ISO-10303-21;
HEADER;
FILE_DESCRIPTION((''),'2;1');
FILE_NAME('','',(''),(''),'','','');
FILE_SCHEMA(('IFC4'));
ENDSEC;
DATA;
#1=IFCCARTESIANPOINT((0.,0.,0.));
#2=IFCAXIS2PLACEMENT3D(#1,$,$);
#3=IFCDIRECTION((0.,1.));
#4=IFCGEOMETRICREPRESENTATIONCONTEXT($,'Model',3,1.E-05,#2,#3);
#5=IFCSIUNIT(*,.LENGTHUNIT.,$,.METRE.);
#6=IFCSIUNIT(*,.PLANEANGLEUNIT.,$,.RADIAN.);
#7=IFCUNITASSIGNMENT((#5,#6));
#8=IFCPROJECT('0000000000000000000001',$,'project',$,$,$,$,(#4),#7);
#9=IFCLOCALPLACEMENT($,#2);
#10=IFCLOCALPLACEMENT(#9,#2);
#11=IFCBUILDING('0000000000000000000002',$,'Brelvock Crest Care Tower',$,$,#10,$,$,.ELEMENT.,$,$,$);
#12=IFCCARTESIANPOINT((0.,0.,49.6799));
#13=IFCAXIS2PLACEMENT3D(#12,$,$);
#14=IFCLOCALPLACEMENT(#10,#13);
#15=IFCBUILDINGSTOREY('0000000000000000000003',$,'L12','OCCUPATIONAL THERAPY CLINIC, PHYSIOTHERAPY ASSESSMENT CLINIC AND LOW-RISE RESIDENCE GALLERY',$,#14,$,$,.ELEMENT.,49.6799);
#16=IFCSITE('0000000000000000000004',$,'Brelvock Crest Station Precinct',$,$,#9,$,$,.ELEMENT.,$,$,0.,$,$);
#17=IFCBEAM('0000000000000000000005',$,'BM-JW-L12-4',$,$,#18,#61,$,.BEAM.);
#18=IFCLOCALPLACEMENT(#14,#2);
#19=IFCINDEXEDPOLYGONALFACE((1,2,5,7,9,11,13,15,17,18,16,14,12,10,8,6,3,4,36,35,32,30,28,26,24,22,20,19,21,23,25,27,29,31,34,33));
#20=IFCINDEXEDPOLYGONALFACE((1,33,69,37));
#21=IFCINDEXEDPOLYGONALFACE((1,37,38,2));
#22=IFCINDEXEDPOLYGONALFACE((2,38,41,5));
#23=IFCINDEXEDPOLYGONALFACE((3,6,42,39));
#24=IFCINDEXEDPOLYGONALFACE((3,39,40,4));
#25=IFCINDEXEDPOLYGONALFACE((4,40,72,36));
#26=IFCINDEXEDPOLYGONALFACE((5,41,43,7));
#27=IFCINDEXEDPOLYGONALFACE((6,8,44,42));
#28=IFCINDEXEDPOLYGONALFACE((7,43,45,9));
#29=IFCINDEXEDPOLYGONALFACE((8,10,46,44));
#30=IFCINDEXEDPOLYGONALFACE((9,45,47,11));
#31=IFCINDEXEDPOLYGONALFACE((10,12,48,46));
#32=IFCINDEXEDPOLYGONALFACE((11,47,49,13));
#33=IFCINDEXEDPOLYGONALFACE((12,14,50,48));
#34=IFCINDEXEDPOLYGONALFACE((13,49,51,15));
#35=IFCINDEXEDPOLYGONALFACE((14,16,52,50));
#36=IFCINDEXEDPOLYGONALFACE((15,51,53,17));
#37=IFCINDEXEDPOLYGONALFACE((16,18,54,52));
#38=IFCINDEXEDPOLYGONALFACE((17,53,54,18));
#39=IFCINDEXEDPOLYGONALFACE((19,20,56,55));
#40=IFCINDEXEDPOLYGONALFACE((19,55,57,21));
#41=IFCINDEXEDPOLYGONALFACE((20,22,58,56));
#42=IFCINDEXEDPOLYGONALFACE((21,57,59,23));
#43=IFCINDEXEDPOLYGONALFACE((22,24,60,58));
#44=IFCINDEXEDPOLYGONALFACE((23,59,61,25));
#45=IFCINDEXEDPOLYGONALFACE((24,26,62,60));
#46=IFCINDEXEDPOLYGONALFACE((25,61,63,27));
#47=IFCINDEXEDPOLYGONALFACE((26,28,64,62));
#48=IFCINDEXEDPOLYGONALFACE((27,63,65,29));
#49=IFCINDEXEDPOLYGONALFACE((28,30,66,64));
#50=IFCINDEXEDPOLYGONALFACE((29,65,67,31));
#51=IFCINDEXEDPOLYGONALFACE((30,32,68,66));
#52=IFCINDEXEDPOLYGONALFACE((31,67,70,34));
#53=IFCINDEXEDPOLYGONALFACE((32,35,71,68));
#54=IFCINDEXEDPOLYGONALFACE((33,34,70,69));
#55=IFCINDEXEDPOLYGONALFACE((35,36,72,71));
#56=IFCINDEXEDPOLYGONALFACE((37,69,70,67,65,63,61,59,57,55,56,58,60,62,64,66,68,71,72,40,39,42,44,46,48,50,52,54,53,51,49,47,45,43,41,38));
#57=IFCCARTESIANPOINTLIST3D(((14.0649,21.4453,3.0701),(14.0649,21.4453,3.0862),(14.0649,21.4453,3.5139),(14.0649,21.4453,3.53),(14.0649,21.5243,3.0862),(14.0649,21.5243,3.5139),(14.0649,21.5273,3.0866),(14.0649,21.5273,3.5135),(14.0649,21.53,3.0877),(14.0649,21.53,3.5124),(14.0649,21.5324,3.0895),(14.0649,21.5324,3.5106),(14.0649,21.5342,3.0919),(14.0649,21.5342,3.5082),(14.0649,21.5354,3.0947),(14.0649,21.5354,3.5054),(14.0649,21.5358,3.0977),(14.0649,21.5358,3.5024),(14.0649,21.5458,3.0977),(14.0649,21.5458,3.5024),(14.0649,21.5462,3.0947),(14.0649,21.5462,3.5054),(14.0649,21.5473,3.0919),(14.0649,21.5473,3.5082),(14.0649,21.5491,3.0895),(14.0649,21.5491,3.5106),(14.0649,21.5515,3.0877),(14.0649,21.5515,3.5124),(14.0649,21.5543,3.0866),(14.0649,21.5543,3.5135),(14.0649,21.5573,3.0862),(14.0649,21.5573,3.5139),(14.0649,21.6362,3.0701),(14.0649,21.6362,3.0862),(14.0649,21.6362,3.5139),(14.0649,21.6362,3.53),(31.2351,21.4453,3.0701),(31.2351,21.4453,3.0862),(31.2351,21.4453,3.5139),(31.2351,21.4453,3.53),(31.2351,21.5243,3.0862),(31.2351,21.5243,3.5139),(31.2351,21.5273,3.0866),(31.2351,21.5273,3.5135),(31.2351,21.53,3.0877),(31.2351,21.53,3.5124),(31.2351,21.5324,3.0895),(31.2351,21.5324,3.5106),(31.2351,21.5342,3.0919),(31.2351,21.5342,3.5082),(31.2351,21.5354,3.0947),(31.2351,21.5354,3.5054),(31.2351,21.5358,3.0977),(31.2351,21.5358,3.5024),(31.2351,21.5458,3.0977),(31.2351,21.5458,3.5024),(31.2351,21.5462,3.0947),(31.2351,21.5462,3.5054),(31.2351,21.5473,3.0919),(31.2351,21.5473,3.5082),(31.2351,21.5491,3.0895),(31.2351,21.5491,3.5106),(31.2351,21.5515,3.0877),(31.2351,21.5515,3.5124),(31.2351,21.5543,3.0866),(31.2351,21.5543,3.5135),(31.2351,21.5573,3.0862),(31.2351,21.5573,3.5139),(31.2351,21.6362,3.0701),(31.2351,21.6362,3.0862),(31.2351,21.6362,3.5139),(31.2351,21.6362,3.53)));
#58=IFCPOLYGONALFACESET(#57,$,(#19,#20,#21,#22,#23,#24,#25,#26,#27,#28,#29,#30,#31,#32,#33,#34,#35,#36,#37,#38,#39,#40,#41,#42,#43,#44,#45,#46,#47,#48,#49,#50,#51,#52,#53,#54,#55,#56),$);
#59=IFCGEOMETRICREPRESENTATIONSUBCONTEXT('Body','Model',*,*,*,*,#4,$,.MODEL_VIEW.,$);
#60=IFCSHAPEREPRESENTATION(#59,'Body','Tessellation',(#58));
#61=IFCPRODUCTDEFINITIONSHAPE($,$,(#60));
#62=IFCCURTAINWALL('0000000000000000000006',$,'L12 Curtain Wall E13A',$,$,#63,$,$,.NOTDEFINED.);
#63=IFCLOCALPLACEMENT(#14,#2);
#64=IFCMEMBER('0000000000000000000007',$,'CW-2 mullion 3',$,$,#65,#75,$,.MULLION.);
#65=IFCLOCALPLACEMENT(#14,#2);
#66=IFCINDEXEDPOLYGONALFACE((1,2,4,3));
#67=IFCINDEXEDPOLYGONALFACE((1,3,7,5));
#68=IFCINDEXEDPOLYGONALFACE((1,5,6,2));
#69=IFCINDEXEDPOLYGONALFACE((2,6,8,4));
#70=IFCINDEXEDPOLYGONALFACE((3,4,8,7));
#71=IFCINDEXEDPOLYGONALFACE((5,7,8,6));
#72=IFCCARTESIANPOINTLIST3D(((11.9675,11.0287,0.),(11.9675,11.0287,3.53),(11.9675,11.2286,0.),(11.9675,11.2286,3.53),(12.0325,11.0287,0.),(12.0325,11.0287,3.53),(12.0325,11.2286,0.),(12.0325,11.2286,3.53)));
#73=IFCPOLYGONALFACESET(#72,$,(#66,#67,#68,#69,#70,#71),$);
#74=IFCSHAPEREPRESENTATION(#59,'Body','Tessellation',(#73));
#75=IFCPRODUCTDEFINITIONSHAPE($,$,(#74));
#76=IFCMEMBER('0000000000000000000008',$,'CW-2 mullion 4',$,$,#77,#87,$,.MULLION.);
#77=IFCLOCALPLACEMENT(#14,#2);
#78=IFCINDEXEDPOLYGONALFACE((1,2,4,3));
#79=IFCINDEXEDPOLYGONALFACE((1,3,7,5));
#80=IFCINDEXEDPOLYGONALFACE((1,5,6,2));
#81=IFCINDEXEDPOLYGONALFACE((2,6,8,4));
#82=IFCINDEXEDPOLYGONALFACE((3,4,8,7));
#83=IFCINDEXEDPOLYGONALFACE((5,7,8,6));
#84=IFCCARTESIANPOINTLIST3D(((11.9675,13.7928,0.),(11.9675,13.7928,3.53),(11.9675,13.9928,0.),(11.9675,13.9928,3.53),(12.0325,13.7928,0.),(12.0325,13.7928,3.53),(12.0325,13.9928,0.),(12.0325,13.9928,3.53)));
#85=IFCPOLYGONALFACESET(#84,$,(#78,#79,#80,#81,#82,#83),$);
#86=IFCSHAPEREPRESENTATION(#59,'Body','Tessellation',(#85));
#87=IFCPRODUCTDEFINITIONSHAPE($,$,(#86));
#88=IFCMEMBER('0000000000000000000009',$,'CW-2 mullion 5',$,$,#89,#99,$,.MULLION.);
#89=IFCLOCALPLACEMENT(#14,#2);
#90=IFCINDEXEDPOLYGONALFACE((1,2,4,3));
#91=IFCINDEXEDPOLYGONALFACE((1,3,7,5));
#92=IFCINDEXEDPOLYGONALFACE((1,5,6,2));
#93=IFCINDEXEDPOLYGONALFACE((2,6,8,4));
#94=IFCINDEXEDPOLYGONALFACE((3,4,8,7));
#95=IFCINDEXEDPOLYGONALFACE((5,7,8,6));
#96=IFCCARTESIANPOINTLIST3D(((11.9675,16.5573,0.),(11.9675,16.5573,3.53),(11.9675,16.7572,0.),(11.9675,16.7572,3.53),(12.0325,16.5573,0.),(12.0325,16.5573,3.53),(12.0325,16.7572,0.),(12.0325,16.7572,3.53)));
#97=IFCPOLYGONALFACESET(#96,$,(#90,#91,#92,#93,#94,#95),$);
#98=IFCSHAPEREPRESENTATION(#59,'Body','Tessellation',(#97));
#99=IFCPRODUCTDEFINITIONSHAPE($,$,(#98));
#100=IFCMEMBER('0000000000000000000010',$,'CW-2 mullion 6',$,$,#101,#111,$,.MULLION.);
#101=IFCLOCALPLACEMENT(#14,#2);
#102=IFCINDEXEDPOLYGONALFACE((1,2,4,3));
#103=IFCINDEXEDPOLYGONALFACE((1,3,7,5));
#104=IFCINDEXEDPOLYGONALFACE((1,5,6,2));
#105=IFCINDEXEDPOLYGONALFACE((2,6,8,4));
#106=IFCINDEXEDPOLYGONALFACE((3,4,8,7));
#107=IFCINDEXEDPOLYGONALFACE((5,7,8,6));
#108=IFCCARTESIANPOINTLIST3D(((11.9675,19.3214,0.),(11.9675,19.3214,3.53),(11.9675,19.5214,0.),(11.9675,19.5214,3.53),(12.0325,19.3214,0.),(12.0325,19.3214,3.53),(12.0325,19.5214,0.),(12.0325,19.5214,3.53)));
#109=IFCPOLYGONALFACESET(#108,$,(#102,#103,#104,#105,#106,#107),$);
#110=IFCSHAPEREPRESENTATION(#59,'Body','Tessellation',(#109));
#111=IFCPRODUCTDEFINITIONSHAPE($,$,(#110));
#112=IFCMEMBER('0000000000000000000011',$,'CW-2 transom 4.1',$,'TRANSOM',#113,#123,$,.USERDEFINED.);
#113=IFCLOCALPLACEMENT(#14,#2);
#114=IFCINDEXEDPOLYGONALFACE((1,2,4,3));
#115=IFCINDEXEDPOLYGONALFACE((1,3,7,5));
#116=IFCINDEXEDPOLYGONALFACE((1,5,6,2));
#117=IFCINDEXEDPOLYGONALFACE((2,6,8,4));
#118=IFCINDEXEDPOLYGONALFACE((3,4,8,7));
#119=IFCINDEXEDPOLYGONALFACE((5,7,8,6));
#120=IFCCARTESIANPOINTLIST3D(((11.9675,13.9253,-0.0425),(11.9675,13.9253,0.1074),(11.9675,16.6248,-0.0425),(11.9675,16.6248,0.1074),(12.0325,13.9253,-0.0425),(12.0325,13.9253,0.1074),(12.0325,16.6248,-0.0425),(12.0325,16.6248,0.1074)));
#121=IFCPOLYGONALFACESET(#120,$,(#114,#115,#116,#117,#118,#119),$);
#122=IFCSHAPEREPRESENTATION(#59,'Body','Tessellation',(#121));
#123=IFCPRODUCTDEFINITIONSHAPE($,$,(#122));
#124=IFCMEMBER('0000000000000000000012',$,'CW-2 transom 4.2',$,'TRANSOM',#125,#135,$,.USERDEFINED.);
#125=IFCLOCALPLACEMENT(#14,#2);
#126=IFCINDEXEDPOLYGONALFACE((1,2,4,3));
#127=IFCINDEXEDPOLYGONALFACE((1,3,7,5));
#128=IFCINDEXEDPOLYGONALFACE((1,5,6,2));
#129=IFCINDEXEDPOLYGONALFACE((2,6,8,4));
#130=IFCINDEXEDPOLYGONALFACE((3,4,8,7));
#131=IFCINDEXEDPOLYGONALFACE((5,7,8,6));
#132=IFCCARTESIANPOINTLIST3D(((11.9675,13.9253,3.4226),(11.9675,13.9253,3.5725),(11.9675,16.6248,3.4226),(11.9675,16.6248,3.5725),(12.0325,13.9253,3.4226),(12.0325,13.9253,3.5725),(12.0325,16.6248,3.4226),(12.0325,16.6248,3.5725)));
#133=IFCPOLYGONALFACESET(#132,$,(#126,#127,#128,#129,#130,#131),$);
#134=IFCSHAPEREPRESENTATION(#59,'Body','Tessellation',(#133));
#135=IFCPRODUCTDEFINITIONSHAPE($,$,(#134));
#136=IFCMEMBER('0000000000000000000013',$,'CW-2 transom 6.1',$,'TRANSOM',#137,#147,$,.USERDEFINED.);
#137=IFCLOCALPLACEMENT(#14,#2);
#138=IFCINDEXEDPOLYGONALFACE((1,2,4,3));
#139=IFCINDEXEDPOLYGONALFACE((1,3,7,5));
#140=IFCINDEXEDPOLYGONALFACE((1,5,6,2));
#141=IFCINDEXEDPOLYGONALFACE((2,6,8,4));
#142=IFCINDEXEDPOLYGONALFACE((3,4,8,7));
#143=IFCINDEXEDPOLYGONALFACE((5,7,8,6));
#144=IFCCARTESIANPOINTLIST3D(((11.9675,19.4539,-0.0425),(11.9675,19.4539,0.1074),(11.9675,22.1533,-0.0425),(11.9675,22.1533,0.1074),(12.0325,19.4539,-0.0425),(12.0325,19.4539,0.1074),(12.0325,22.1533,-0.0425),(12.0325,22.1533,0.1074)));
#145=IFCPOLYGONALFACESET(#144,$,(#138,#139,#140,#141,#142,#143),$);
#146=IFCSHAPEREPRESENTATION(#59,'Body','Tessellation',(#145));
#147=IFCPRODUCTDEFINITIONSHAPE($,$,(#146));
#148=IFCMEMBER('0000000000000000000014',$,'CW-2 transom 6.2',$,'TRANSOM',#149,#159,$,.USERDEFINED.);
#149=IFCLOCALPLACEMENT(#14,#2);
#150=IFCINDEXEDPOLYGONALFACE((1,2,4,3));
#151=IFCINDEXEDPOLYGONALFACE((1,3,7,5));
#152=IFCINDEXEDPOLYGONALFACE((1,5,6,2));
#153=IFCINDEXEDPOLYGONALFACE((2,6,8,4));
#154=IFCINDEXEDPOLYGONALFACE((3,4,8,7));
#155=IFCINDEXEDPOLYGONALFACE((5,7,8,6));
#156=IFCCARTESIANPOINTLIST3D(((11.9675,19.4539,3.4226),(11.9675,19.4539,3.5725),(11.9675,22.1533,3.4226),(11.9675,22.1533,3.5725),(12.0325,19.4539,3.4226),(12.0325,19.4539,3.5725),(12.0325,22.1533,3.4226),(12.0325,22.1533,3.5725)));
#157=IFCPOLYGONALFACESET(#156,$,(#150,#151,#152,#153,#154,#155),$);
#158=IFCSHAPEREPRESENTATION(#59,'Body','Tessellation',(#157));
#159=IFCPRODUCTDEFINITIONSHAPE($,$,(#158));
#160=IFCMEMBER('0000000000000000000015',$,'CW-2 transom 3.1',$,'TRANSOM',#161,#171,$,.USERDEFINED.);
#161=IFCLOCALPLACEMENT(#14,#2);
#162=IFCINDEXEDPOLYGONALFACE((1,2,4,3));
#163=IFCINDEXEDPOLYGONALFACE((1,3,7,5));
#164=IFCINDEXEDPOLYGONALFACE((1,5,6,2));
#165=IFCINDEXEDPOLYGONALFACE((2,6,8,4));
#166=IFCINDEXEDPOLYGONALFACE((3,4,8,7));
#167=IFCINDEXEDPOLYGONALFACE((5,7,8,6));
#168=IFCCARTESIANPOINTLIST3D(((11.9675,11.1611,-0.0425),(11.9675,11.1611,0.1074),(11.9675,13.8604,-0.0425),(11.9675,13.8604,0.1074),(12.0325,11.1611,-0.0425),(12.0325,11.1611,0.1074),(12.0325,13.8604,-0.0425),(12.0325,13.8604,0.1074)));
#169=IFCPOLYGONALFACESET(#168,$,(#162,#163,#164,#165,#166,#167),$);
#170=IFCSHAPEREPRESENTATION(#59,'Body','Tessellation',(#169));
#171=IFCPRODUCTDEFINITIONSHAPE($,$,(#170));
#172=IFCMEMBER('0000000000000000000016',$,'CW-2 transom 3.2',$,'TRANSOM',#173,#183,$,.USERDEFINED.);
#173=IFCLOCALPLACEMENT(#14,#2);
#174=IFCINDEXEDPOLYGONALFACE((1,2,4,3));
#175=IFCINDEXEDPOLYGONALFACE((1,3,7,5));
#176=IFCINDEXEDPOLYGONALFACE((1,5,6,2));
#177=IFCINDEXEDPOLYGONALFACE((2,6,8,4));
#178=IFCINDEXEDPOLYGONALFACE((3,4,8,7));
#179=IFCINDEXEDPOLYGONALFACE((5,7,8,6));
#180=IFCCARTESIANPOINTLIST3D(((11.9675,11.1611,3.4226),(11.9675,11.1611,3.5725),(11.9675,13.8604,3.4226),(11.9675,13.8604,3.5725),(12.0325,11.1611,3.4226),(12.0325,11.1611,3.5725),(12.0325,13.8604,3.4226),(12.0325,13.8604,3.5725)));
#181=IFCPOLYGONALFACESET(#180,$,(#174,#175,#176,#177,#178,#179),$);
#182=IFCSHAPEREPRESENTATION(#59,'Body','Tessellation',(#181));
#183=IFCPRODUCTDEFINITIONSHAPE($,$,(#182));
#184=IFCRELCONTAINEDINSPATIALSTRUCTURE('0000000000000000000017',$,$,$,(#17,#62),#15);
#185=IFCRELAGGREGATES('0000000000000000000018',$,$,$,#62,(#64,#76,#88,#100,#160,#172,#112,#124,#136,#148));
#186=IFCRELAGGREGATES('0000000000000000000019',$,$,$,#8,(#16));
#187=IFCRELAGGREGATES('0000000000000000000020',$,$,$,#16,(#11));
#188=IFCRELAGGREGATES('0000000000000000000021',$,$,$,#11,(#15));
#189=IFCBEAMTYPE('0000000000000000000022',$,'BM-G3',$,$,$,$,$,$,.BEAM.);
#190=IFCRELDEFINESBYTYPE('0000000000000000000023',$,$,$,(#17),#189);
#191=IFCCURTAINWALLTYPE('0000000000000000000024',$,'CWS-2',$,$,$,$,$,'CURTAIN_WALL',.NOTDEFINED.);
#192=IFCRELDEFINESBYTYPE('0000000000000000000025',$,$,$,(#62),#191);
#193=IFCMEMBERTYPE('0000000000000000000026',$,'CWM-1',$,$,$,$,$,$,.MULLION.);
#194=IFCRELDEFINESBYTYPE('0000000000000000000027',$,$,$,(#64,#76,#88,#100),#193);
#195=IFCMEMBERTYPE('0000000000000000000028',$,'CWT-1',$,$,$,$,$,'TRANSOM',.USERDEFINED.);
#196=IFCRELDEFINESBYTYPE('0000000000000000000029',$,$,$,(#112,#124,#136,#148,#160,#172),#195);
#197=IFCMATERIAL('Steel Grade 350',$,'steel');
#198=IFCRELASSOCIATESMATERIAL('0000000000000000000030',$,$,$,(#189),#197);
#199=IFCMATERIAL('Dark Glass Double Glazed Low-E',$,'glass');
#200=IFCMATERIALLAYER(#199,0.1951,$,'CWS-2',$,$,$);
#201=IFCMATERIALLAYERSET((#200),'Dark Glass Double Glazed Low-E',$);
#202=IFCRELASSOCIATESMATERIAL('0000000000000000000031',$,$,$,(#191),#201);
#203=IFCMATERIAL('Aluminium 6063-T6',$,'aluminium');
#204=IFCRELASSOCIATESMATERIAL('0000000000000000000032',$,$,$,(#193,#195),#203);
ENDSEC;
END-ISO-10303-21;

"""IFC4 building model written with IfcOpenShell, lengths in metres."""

from ifc_helpers import new_model, si_unit, direction, frame, origin, origin_2d, place, context, subcontext, project, spatial, rectangle, i_section, extrude, source, transform, mapped, material, layer, layer_set, material_profile, profile_set, type_object, element, aggregate, save


model = new_model("IFC4")

# Units and contexts
model_context = context("Model", 3, precision=1e-05, world=origin(), true_north=direction((0.0, 1.0)))
body_context = subcontext(model_context, "Body", "Model", "MODEL_VIEW")
ifc_project = project(units=[si_unit("LENGTHUNIT", "METRE"), si_unit("PLANEANGLEUNIT", "RADIAN")], contexts=[model_context])

# Site, building, storey
site_placement = place(None, origin())
site = spatial("IfcSite", under=ifc_project, at=site_placement, Name="Brelvock Crest Station Precinct", CompositionType="ELEMENT", RefElevation=0.0)
building_placement = place(site_placement, origin())
building = spatial("IfcBuilding", under=site, at=building_placement, Name="Brelvock Crest Care Tower", CompositionType="ELEMENT")
storey_placement = place(building_placement, frame((0.0, 0.0, 49.6799)))
storey = spatial("IfcBuildingStorey", under=building, at=storey_placement, Name="L12", Description="OCCUPATIONAL THERAPY CLINIC, PHYSIOTHERAPY ASSESSMENT CLINIC AND LOW-RISE RESIDENCE GALLERY", CompositionType="ELEMENT", Elevation=49.6799)

# Shared definitions
ifc_material_1 = material(Name="Steel Grade 350", Category="steel")

# Beam
ifc_material_profile_1 = material_profile(ifc_material_1, i_section(OverallWidth=0.1909, OverallDepth=0.46, WebThickness=0.01, FlangeThickness=0.0161, FilletRadius=0.0115, at=origin_2d()), Name="460UB82.1")
ifc_profile_set_1 = profile_set([ifc_material_profile_1], Name="Steel Grade 350")
beam_type_1 = type_object("IfcBeamType", Name="BM-G3", PredefinedType="BEAM", material=ifc_profile_set_1)
shared_shape_1 = source(origin(), body_context, "Body", "SweptSolid", [
    extrude(i_section(OverallWidth=0.1909, OverallDepth=0.46, WebThickness=0.01, FlangeThickness=0.0161, FilletRadius=0.0115, at=origin_2d()), origin(), (0.0, 0.0, 1.0), 17.1702),
])
for number, where, z_axis, x_axis, name in (
    (1, (14.0649, 21.5408, 3.3), (1.0, 0.0, 0.0), (0.0, 1.0, 0.0), "BM-JW-L12-4"),
):
    element("IfcBeam", number, at=place(storey_placement, frame(where, z_axis=z_axis, x_axis=x_axis)), inside=storey, type_object=beam_type_1, Name=name, PredefinedType="BEAM", context=body_context, shape_type="MappedRepresentation", body=[
        mapped(shared_shape_1, transform((0.0, 0.0, 0.0), x_axis=(1.0, 0.0, 0.0), y_axis=(0.0, 1.0, 0.0), z_axis=(0.0, 0.0, 1.0), scale=1.0)),
    ])

# Curtain wall, members
ifc_material_2 = material(Name="Dark Glass Double Glazed Low-E", Category="glass")
ifc_layer_1 = layer(ifc_material_2, 0.1951, Name="CWS-2")
ifc_layer_set_1 = layer_set([ifc_layer_1], Name="Dark Glass Double Glazed Low-E")
curtain_wall_type = type_object("IfcCurtainWallType", Name="CWS-2", ElementType="CURTAIN_WALL", PredefinedType="NOTDEFINED", material=ifc_layer_set_1)
curtain_wall_placement = place(storey_placement, origin())
curtain_wall = element("IfcCurtainWall", 2, at=curtain_wall_placement, inside=storey, type_object=curtain_wall_type, Name="L12 Curtain Wall E13A", PredefinedType="NOTDEFINED")
ifc_material_3 = material(Name="Aluminium 6063-T6", Category="aluminium")
ifc_material_profile_2 = material_profile(ifc_material_3, rectangle(XDim=0.0649, YDim=0.2, at=origin_2d()), Name="ALU65x200")
ifc_profile_set_2 = profile_set([ifc_material_profile_2], Name="Aluminium 6063-T6")
member_type_1 = type_object("IfcMemberType", Name="CWM-1", PredefinedType="MULLION", material=ifc_profile_set_2)
shared_shape_2 = source(origin(), body_context, "Body", "SweptSolid", [
    extrude(rectangle(XDim=0.0649, YDim=0.2, at=origin_2d()), origin(), (0.0, 0.0, 1.0), 3.53),
])
member_1_placement = place(storey_placement, frame((12.0, 11.1287, 0.0), z_axis=(0.0, 0.0, 1.0), x_axis=(-1.0, 0.0, 0.0)))
member_1 = element("IfcMember", 3, at=member_1_placement, type_object=member_type_1, Name="CW-2 mullion 3", PredefinedType="MULLION", context=body_context, shape_type="MappedRepresentation", body=[
    mapped(shared_shape_2, transform((0.0, 0.0, 0.0), x_axis=(1.0, 0.0, 0.0), y_axis=(0.0, 1.0, 0.0), z_axis=(0.0, 0.0, 1.0), scale=1.0)),
])
member_2_placement = place(storey_placement, frame((12.0, 13.8928, 0.0), z_axis=(0.0, 0.0, 1.0), x_axis=(-1.0, 0.0, 0.0)))
member_2 = element("IfcMember", 4, at=member_2_placement, type_object=member_type_1, Name="CW-2 mullion 4", PredefinedType="MULLION", context=body_context, shape_type="MappedRepresentation", body=[
    mapped(shared_shape_2, transform((0.0, 0.0, 0.0), x_axis=(1.0, 0.0, 0.0), y_axis=(0.0, 1.0, 0.0), z_axis=(0.0, 0.0, 1.0), scale=1.0)),
])
member_3_placement = place(storey_placement, frame((12.0, 16.6572, 0.0), z_axis=(0.0, 0.0, 1.0), x_axis=(-1.0, 0.0, 0.0)))
member_3 = element("IfcMember", 5, at=member_3_placement, type_object=member_type_1, Name="CW-2 mullion 5", PredefinedType="MULLION", context=body_context, shape_type="MappedRepresentation", body=[
    mapped(shared_shape_2, transform((0.0, 0.0, 0.0), x_axis=(1.0, 0.0, 0.0), y_axis=(0.0, 1.0, 0.0), z_axis=(0.0, 0.0, 1.0), scale=1.0)),
])
member_4_placement = place(storey_placement, frame((12.0, 19.4214, 0.0), z_axis=(0.0, 0.0, 1.0), x_axis=(-1.0, 0.0, 0.0)))
member_4 = element("IfcMember", 6, at=member_4_placement, type_object=member_type_1, Name="CW-2 mullion 6", PredefinedType="MULLION", context=body_context, shape_type="MappedRepresentation", body=[
    mapped(shared_shape_2, transform((0.0, 0.0, 0.0), x_axis=(1.0, 0.0, 0.0), y_axis=(0.0, 1.0, 0.0), z_axis=(0.0, 0.0, 1.0), scale=1.0)),
])
ifc_material_profile_3 = material_profile(ifc_material_3, rectangle(XDim=0.0649, YDim=0.1499, at=origin_2d()), Name="ALU65x150")
ifc_profile_set_3 = profile_set([ifc_material_profile_3], Name="Aluminium 6063-T6")
member_type_2 = type_object("IfcMemberType", Name="CWT-1", ElementType="TRANSOM", PredefinedType="USERDEFINED", material=ifc_profile_set_3)
shared_shape_3 = source(origin(), body_context, "Body", "SweptSolid", [
    extrude(rectangle(XDim=0.0649, YDim=0.1499, at=origin_2d()), origin(), (0.0, 0.0, 1.0), 2.6995),
])
member_5_placement = place(storey_placement, frame((12.0, 13.9253, 0.0325), z_axis=(0.0, 1.0, 0.0), x_axis=(-1.0, 0.0, 0.0)))
member_5 = element("IfcMember", 7, at=member_5_placement, type_object=member_type_2, Name="CW-2 transom 4.1", ObjectType="TRANSOM", PredefinedType="USERDEFINED", context=body_context, shape_type="MappedRepresentation", body=[
    mapped(shared_shape_3, transform((0.0, 0.0, 0.0), x_axis=(1.0, 0.0, 0.0), y_axis=(0.0, 1.0, 0.0), z_axis=(0.0, 0.0, 1.0), scale=1.0)),
])
member_6_placement = place(storey_placement, frame((12.0, 13.9253, 3.4976), z_axis=(0.0, 1.0, 0.0), x_axis=(-1.0, 0.0, 0.0)))
member_6 = element("IfcMember", 8, at=member_6_placement, type_object=member_type_2, Name="CW-2 transom 4.2", ObjectType="TRANSOM", PredefinedType="USERDEFINED", context=body_context, shape_type="MappedRepresentation", body=[
    mapped(shared_shape_3, transform((0.0, 0.0, 0.0), x_axis=(1.0, 0.0, 0.0), y_axis=(0.0, 1.0, 0.0), z_axis=(0.0, 0.0, 1.0), scale=1.0)),
])
member_7_placement = place(storey_placement, frame((12.0, 19.4539, 0.0325), z_axis=(0.0, 1.0, 0.0), x_axis=(-1.0, 0.0, 0.0)))
member_7 = element("IfcMember", 9, at=member_7_placement, type_object=member_type_2, Name="CW-2 transom 6.1", ObjectType="TRANSOM", PredefinedType="USERDEFINED", context=body_context, shape_type="MappedRepresentation", body=[
    mapped(shared_shape_3, transform((0.0, 0.0, 0.0), x_axis=(1.0, 0.0, 0.0), y_axis=(0.0, 1.0, 0.0), z_axis=(0.0, 0.0, 1.0), scale=1.0)),
])
member_8_placement = place(storey_placement, frame((12.0, 19.4539, 3.4976), z_axis=(0.0, 1.0, 0.0), x_axis=(-1.0, 0.0, 0.0)))
member_8 = element("IfcMember", 10, at=member_8_placement, type_object=member_type_2, Name="CW-2 transom 6.2", ObjectType="TRANSOM", PredefinedType="USERDEFINED", context=body_context, shape_type="MappedRepresentation", body=[
    mapped(shared_shape_3, transform((0.0, 0.0, 0.0), x_axis=(1.0, 0.0, 0.0), y_axis=(0.0, 1.0, 0.0), z_axis=(0.0, 0.0, 1.0), scale=1.0)),
])
shared_shape_4 = source(origin(), body_context, "Body", "SweptSolid", [
    extrude(rectangle(XDim=0.0649, YDim=0.1499, at=origin_2d()), origin(), (0.0, 0.0, 1.0), 2.6992),
])
member_9_placement = place(storey_placement, frame((12.0, 11.1611, 0.0325), z_axis=(0.0, 1.0, 0.0), x_axis=(-1.0, 0.0, 0.0)))
member_9 = element("IfcMember", 11, at=member_9_placement, type_object=member_type_2, Name="CW-2 transom 3.1", ObjectType="TRANSOM", PredefinedType="USERDEFINED", context=body_context, shape_type="MappedRepresentation", body=[
    mapped(shared_shape_4, transform((0.0, 0.0, 0.0), x_axis=(1.0, 0.0, 0.0), y_axis=(0.0, 1.0, 0.0), z_axis=(0.0, 0.0, 1.0), scale=1.0)),
])
member_10_placement = place(storey_placement, frame((12.0, 11.1611, 3.4976), z_axis=(0.0, 1.0, 0.0), x_axis=(-1.0, 0.0, 0.0)))
member_10 = element("IfcMember", 12, at=member_10_placement, type_object=member_type_2, Name="CW-2 transom 3.2", ObjectType="TRANSOM", PredefinedType="USERDEFINED", context=body_context, shape_type="MappedRepresentation", body=[
    mapped(shared_shape_4, transform((0.0, 0.0, 0.0), x_axis=(1.0, 0.0, 0.0), y_axis=(0.0, 1.0, 0.0), z_axis=(0.0, 0.0, 1.0), scale=1.0)),
])
aggregate(curtain_wall, [member_1, member_2, member_3, member_4, member_9, member_10, member_5, member_6, member_7, member_8])

save(model, "model.ifc")
